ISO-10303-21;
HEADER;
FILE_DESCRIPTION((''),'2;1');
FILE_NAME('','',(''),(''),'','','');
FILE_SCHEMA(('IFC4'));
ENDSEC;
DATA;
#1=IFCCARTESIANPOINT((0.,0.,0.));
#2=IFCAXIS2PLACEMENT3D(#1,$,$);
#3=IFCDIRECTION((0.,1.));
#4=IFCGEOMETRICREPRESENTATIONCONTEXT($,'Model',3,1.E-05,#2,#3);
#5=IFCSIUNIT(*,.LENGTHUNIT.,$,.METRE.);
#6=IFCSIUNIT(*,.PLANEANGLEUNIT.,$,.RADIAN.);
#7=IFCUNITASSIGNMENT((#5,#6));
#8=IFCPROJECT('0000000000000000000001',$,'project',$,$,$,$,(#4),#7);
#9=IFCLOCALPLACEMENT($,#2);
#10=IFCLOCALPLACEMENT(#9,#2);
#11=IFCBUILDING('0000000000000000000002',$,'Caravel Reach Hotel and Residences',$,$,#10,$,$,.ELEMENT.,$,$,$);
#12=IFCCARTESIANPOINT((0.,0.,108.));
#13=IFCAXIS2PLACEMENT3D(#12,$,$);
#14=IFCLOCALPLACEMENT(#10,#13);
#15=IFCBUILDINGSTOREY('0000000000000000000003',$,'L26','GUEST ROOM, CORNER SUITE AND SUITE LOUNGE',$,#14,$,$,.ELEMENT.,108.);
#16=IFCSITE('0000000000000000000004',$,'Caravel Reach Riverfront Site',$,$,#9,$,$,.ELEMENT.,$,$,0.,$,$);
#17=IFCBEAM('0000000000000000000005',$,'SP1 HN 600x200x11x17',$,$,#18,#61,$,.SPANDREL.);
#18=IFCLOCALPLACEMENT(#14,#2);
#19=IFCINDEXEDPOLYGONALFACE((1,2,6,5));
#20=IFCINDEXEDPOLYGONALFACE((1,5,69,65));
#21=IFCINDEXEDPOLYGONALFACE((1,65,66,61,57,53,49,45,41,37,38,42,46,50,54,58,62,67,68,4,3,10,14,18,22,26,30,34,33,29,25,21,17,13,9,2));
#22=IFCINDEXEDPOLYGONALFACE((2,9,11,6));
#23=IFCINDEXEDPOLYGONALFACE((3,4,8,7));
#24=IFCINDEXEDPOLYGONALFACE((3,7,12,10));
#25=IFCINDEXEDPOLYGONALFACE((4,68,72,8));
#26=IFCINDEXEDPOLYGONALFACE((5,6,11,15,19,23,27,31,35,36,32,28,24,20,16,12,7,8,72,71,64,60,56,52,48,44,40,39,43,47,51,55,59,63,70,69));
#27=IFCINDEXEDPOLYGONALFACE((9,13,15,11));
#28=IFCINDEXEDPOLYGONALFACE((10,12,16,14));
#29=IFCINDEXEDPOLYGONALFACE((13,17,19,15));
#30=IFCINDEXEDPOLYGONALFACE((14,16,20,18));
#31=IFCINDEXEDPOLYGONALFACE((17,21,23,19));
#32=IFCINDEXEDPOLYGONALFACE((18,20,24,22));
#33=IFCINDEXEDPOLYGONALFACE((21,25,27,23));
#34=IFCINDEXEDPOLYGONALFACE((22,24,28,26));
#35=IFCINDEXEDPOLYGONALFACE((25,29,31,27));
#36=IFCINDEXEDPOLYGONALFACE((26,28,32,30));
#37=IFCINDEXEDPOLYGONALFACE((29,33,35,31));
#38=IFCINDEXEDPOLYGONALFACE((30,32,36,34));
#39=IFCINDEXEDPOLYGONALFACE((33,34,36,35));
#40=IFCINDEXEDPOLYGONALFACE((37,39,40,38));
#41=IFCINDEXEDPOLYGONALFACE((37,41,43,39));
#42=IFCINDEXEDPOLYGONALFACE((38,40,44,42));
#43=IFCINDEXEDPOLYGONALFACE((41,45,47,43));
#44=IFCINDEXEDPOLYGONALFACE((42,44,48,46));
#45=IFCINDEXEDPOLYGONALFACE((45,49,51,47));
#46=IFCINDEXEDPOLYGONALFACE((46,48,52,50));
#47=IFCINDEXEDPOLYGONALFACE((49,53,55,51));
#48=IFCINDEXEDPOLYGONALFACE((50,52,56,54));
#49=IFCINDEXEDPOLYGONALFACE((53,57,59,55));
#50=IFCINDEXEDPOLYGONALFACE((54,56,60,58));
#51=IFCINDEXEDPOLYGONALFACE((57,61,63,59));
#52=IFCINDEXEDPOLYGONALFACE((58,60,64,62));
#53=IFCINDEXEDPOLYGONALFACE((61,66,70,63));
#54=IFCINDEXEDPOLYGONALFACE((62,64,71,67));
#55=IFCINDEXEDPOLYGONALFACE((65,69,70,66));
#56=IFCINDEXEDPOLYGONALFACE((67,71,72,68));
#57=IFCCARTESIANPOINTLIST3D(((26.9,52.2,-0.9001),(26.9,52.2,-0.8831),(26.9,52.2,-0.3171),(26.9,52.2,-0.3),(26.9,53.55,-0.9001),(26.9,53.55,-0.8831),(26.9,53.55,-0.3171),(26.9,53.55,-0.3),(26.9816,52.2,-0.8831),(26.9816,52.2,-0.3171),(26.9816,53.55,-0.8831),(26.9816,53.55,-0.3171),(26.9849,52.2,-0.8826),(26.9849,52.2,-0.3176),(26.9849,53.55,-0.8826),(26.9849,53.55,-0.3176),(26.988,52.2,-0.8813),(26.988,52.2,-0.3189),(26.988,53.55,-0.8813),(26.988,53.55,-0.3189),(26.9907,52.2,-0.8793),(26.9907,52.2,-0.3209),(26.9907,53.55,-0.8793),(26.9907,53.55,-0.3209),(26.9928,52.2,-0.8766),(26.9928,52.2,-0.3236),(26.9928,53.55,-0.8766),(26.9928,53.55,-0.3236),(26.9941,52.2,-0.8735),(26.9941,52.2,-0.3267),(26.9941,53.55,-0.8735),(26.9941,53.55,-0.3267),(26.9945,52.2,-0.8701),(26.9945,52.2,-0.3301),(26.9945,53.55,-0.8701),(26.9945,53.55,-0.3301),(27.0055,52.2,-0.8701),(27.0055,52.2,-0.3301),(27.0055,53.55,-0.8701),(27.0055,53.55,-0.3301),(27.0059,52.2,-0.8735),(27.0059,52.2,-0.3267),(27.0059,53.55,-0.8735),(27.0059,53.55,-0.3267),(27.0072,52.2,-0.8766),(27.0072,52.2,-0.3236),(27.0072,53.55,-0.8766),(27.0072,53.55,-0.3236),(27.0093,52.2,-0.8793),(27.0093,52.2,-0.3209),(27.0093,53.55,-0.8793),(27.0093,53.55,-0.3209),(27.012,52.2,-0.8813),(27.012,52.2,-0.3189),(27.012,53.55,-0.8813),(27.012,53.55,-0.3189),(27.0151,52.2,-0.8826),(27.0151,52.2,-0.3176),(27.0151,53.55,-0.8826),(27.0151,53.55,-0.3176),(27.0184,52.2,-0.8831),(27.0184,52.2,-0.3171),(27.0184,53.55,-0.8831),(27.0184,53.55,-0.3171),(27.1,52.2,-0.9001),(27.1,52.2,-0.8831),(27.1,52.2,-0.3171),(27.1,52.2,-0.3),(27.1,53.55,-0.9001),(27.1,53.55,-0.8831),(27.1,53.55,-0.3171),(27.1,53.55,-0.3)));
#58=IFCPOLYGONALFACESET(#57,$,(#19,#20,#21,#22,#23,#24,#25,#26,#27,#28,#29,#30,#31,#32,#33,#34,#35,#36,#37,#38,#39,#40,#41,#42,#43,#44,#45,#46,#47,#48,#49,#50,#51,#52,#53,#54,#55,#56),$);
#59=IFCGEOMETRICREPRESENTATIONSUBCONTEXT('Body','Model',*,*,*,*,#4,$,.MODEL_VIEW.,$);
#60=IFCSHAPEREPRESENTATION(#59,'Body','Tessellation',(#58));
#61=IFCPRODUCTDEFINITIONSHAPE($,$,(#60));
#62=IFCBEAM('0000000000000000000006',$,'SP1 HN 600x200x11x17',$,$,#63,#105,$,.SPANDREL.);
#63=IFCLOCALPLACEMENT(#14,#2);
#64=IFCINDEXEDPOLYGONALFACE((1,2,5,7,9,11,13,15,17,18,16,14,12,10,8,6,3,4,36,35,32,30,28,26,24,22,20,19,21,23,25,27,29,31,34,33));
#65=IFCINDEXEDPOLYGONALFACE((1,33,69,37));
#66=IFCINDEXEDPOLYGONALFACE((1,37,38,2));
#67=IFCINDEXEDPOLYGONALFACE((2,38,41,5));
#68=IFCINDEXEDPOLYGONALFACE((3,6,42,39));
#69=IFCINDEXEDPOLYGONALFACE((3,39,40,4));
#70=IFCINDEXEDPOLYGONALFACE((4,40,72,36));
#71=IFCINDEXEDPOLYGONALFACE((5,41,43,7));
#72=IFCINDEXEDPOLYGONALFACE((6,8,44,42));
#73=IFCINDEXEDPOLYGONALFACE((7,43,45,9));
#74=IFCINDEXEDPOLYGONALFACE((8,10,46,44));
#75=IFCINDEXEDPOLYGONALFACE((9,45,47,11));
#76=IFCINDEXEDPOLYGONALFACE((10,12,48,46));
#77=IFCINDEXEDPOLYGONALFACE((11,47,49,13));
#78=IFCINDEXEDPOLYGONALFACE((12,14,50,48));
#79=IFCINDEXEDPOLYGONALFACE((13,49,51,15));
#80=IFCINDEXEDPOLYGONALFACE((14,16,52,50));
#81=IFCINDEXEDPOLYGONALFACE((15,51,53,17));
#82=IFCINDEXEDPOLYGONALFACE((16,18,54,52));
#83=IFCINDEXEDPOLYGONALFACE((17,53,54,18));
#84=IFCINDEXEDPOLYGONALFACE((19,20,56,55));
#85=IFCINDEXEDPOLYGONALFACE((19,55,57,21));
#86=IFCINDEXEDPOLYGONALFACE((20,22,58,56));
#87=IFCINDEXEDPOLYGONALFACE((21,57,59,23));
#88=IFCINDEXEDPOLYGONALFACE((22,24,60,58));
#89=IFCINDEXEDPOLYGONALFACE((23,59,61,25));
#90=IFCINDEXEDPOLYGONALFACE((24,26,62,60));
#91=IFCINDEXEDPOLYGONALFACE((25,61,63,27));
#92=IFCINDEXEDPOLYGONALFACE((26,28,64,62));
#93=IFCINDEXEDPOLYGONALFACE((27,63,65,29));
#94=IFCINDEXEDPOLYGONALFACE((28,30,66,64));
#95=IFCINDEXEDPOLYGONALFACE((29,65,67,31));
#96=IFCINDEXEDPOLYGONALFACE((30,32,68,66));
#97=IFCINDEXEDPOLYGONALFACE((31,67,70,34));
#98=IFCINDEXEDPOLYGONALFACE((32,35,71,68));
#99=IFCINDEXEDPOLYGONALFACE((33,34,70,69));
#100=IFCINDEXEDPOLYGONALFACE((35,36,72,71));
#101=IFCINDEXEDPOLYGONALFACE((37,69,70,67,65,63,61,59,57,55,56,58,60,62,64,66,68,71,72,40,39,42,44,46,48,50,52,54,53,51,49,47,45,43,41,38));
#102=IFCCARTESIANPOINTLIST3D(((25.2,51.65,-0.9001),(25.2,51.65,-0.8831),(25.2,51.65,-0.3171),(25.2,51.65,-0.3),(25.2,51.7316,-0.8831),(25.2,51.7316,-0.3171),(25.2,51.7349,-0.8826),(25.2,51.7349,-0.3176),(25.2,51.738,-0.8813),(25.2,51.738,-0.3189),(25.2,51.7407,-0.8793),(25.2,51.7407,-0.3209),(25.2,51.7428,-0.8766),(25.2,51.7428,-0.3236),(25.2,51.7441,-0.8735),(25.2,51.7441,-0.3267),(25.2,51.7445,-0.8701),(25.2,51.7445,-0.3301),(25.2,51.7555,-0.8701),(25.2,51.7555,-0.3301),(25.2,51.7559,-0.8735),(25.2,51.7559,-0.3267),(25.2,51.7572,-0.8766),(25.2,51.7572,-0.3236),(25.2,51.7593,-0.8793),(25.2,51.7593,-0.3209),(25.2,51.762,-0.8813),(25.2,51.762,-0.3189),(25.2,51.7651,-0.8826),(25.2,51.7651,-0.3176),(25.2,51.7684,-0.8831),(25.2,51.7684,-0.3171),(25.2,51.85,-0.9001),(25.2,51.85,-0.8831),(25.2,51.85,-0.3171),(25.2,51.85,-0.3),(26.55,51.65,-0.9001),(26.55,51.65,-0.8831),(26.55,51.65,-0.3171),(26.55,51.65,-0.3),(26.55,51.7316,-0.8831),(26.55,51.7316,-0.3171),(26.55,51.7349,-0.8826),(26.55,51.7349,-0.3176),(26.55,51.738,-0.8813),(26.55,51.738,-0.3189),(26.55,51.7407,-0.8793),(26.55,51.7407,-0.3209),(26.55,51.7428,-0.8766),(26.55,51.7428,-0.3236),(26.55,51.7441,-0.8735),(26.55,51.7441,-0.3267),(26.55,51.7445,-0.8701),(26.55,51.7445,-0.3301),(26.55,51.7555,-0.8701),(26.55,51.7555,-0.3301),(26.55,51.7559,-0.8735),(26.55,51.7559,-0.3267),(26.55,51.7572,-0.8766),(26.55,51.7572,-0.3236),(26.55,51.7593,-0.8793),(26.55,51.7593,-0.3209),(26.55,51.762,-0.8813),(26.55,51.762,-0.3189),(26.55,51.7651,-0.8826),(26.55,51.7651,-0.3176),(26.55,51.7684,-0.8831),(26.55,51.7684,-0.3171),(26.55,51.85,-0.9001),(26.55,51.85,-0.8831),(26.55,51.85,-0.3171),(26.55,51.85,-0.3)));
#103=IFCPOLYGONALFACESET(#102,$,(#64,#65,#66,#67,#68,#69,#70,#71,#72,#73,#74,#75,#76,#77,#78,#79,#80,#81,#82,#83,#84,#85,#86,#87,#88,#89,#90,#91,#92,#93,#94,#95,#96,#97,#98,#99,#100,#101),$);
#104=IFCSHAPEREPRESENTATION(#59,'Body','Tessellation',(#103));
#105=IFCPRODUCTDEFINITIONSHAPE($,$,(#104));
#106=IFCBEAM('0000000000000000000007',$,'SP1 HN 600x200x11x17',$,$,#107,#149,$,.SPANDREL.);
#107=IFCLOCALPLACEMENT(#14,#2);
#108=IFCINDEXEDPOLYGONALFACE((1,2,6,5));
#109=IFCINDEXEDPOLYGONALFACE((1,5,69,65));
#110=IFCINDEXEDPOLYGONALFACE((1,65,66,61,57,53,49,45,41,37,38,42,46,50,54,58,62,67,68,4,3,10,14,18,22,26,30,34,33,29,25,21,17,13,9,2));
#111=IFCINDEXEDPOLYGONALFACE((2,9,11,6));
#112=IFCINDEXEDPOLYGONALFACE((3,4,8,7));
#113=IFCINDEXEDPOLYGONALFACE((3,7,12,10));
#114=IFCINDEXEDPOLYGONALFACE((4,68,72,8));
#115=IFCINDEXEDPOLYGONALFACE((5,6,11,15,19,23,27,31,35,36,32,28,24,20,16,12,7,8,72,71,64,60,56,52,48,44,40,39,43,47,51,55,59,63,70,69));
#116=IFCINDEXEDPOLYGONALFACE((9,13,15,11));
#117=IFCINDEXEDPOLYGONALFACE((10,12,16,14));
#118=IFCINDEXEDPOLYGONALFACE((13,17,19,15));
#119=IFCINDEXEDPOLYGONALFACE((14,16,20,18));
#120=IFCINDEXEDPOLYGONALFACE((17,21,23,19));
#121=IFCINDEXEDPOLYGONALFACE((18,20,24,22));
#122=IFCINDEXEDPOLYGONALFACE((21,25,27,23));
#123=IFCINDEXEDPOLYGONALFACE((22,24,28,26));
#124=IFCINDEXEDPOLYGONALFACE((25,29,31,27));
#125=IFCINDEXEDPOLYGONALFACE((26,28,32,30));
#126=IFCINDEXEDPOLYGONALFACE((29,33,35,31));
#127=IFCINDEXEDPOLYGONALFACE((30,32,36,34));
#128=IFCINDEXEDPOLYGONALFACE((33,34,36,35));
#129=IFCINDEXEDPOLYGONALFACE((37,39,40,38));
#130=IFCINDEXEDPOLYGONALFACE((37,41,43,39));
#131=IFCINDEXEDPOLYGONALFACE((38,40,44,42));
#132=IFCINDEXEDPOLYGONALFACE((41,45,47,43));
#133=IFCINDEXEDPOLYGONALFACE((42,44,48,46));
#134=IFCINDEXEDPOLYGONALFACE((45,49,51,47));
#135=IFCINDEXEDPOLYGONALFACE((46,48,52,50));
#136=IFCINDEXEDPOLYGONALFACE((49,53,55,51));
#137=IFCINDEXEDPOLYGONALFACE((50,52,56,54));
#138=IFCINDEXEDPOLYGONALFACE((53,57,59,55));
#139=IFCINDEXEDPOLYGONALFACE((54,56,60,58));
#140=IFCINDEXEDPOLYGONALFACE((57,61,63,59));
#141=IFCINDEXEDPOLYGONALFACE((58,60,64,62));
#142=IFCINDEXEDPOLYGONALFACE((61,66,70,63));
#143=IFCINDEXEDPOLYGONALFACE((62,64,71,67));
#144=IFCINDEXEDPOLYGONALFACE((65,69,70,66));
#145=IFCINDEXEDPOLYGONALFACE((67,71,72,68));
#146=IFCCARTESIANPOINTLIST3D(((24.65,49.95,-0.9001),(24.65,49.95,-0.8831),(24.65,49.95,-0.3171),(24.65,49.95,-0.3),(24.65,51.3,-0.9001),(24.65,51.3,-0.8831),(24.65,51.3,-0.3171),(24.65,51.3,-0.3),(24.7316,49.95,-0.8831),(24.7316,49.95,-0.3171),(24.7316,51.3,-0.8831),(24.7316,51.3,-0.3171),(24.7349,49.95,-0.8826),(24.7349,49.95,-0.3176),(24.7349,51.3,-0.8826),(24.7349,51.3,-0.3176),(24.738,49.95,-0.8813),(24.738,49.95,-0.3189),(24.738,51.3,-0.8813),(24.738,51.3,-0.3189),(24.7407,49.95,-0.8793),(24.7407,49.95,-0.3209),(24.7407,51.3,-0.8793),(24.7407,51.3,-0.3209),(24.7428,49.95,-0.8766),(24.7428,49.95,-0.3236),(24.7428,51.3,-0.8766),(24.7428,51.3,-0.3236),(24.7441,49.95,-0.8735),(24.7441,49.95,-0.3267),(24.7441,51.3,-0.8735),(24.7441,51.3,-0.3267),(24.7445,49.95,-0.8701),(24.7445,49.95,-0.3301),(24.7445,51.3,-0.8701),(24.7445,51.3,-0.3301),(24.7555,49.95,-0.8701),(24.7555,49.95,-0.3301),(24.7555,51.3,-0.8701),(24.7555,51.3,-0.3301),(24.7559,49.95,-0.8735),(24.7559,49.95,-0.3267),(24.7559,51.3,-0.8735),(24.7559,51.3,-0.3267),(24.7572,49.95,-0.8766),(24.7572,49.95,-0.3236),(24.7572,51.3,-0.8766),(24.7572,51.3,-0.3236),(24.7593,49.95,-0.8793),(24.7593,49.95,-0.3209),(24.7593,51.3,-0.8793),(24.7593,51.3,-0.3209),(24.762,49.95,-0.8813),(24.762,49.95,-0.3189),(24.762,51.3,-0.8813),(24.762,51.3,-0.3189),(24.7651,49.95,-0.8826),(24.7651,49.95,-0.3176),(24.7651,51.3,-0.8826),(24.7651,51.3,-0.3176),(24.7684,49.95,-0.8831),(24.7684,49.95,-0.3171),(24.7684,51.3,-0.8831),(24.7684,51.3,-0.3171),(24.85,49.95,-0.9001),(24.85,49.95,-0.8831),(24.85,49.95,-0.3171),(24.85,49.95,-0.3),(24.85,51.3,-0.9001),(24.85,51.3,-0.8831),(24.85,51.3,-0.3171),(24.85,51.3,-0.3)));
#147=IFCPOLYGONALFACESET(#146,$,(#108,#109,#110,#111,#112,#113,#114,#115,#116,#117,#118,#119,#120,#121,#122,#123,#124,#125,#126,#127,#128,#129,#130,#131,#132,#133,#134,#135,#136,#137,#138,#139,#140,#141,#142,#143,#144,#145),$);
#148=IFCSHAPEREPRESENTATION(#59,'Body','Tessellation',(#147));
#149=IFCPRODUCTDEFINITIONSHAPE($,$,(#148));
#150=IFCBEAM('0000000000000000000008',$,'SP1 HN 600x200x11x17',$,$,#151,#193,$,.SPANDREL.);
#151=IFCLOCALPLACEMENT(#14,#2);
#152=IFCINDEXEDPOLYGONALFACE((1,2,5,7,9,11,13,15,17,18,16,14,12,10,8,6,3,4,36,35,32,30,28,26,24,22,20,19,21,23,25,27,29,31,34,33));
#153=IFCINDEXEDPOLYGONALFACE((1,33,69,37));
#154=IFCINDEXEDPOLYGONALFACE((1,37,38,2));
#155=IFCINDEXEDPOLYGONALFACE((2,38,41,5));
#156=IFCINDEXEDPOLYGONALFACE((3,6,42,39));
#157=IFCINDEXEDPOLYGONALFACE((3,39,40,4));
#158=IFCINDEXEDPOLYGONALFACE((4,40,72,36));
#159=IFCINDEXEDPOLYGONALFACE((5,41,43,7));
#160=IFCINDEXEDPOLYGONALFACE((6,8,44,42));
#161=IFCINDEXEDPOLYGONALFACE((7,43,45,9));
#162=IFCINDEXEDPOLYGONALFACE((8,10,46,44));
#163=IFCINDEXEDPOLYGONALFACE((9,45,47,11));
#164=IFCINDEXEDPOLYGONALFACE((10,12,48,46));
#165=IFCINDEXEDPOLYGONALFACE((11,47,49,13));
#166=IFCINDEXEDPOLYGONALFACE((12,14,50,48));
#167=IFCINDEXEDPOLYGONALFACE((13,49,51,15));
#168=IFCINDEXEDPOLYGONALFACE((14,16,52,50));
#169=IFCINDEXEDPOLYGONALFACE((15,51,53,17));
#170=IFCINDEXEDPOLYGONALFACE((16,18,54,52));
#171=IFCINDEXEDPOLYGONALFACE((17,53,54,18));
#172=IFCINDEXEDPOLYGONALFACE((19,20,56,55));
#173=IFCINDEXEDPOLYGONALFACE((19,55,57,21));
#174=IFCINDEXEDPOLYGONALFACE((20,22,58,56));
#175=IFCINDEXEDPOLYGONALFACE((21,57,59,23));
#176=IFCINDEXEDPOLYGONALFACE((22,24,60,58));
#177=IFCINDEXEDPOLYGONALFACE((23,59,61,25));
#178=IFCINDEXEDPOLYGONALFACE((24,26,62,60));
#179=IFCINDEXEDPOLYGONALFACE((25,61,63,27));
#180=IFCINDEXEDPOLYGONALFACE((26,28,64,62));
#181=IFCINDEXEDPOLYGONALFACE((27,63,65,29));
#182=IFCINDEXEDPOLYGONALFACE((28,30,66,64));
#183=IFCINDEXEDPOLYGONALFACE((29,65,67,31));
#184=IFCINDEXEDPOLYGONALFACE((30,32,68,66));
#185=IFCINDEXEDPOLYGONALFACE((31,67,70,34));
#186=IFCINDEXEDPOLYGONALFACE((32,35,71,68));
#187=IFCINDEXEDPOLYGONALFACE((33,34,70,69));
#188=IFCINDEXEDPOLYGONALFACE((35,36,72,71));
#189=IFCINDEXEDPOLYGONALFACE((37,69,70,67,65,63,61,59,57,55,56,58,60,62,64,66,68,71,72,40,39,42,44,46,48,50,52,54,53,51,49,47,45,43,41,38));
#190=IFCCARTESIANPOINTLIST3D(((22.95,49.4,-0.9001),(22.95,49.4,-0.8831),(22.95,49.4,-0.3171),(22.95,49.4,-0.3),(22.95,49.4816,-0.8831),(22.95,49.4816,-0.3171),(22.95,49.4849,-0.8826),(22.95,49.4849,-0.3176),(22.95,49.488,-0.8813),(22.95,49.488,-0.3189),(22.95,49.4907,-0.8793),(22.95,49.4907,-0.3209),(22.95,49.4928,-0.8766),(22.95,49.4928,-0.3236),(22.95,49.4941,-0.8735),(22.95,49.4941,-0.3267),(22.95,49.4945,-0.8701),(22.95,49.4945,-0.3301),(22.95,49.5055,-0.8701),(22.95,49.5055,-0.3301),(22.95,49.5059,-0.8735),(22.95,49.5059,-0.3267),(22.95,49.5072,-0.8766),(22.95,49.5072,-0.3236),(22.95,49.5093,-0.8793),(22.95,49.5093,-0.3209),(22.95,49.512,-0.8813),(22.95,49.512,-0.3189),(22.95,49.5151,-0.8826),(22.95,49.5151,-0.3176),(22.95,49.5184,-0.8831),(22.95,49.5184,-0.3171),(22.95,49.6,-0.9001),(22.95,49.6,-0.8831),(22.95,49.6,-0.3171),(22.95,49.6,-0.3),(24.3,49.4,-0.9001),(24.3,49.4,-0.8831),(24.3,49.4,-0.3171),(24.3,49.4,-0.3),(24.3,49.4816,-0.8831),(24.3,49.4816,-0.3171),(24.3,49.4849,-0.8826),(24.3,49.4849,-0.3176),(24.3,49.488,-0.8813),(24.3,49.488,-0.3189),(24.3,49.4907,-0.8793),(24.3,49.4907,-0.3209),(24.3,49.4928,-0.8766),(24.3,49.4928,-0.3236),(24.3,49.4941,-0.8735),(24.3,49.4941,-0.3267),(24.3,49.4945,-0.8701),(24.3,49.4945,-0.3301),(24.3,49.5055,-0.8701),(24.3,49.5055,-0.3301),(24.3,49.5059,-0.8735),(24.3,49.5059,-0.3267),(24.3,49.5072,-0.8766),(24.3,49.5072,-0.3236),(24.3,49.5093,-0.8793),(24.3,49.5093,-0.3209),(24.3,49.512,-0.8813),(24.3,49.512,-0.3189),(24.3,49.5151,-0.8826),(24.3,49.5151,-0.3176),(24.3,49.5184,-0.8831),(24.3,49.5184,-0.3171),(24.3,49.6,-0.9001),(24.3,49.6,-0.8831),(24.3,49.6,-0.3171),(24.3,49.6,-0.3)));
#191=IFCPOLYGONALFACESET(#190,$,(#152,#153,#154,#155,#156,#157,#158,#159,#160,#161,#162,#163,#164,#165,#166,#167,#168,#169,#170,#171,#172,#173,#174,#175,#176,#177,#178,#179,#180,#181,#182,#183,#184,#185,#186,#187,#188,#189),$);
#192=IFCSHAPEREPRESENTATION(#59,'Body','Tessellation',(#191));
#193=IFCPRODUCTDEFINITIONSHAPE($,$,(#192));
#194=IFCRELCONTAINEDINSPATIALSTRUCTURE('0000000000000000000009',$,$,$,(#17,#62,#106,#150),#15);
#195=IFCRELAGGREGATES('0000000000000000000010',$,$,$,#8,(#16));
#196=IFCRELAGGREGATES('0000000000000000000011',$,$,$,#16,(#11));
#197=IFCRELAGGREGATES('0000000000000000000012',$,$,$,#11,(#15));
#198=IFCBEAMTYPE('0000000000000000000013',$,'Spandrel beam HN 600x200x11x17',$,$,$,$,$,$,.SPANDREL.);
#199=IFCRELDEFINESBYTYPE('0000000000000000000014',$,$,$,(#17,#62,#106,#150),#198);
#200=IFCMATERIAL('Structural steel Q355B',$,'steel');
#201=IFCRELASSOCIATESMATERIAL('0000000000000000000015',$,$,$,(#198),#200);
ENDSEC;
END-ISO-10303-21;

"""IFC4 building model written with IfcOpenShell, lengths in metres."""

from ifc_helpers import new_model, si_unit, direction, frame, origin, origin_2d, place, context, subcontext, project, spatial, i_section, extrude, material, material_profile, profile_set, type_object, element, save


model = new_model("IFC4")

# Units and contexts
model_context = context("Model", 3, precision=1e-05, world=origin(), true_north=direction((0.0, 1.0)))
body_context = subcontext(model_context, "Body", "Model", "MODEL_VIEW")
ifc_project = project(units=[si_unit("LENGTHUNIT", "METRE"), si_unit("PLANEANGLEUNIT", "RADIAN")], contexts=[model_context])

# Site, building, storey
site_placement = place(None, origin())
site = spatial("IfcSite", under=ifc_project, at=site_placement, Name="Caravel Reach Riverfront Site", CompositionType="ELEMENT", RefElevation=0.0)
building_placement = place(site_placement, origin())
building = spatial("IfcBuilding", under=site, at=building_placement, Name="Caravel Reach Hotel and Residences", CompositionType="ELEMENT")
storey_placement = place(building_placement, frame((0.0, 0.0, 108.0)))
storey = spatial("IfcBuildingStorey", under=building, at=storey_placement, Name="L26", Description="GUEST ROOM, CORNER SUITE AND SUITE LOUNGE", CompositionType="ELEMENT", Elevation=108.0)

# Beams
ifc_material_1 = material(Name="Structural steel Q355B", Category="steel")
ifc_material_profile_1 = material_profile(ifc_material_1, i_section(OverallWidth=0.2, OverallDepth=0.6001, WebThickness=0.011, FlangeThickness=0.0171, FilletRadius=0.0129, at=origin_2d()), Name="HN 600x200x11x17")
ifc_profile_set_1 = profile_set([ifc_material_profile_1], Name="Structural steel Q355B")
beam_type_1 = type_object("IfcBeamType", Name="Spandrel beam HN 600x200x11x17", PredefinedType="SPANDREL", material=ifc_profile_set_1)
for number, where, z_axis, x_axis, name in (
    (1, (27.0, 53.55, -0.6001), (0.0, -1.0, 0.0), (1.0, 0.0, 0.0), "SP1 HN 600x200x11x17"),
    (2, (26.55, 51.75, -0.6001), (-1.0, 0.0, 0.0), (0.0, -1.0, 0.0), "SP1 HN 600x200x11x17"),
    (3, (24.75, 51.3, -0.6001), (0.0, -1.0, 0.0), (1.0, 0.0, 0.0), "SP1 HN 600x200x11x17"),
    (4, (24.3, 49.5, -0.6001), (-1.0, 0.0, 0.0), (0.0, -1.0, 0.0), "SP1 HN 600x200x11x17"),
):
    element("IfcBeam", number, at=place(storey_placement, frame(where, z_axis=z_axis, x_axis=x_axis)), inside=storey, type_object=beam_type_1, Name=name, PredefinedType="SPANDREL", context=body_context, shape_type="SweptSolid", body=[
        extrude(i_section(OverallWidth=0.2, OverallDepth=0.6001, WebThickness=0.011, FlangeThickness=0.0171, FilletRadius=0.0129, at=origin_2d()), origin(), (0.0, 0.0, 1.0), 1.3501),
    ])

save(model, "model.ifc")
